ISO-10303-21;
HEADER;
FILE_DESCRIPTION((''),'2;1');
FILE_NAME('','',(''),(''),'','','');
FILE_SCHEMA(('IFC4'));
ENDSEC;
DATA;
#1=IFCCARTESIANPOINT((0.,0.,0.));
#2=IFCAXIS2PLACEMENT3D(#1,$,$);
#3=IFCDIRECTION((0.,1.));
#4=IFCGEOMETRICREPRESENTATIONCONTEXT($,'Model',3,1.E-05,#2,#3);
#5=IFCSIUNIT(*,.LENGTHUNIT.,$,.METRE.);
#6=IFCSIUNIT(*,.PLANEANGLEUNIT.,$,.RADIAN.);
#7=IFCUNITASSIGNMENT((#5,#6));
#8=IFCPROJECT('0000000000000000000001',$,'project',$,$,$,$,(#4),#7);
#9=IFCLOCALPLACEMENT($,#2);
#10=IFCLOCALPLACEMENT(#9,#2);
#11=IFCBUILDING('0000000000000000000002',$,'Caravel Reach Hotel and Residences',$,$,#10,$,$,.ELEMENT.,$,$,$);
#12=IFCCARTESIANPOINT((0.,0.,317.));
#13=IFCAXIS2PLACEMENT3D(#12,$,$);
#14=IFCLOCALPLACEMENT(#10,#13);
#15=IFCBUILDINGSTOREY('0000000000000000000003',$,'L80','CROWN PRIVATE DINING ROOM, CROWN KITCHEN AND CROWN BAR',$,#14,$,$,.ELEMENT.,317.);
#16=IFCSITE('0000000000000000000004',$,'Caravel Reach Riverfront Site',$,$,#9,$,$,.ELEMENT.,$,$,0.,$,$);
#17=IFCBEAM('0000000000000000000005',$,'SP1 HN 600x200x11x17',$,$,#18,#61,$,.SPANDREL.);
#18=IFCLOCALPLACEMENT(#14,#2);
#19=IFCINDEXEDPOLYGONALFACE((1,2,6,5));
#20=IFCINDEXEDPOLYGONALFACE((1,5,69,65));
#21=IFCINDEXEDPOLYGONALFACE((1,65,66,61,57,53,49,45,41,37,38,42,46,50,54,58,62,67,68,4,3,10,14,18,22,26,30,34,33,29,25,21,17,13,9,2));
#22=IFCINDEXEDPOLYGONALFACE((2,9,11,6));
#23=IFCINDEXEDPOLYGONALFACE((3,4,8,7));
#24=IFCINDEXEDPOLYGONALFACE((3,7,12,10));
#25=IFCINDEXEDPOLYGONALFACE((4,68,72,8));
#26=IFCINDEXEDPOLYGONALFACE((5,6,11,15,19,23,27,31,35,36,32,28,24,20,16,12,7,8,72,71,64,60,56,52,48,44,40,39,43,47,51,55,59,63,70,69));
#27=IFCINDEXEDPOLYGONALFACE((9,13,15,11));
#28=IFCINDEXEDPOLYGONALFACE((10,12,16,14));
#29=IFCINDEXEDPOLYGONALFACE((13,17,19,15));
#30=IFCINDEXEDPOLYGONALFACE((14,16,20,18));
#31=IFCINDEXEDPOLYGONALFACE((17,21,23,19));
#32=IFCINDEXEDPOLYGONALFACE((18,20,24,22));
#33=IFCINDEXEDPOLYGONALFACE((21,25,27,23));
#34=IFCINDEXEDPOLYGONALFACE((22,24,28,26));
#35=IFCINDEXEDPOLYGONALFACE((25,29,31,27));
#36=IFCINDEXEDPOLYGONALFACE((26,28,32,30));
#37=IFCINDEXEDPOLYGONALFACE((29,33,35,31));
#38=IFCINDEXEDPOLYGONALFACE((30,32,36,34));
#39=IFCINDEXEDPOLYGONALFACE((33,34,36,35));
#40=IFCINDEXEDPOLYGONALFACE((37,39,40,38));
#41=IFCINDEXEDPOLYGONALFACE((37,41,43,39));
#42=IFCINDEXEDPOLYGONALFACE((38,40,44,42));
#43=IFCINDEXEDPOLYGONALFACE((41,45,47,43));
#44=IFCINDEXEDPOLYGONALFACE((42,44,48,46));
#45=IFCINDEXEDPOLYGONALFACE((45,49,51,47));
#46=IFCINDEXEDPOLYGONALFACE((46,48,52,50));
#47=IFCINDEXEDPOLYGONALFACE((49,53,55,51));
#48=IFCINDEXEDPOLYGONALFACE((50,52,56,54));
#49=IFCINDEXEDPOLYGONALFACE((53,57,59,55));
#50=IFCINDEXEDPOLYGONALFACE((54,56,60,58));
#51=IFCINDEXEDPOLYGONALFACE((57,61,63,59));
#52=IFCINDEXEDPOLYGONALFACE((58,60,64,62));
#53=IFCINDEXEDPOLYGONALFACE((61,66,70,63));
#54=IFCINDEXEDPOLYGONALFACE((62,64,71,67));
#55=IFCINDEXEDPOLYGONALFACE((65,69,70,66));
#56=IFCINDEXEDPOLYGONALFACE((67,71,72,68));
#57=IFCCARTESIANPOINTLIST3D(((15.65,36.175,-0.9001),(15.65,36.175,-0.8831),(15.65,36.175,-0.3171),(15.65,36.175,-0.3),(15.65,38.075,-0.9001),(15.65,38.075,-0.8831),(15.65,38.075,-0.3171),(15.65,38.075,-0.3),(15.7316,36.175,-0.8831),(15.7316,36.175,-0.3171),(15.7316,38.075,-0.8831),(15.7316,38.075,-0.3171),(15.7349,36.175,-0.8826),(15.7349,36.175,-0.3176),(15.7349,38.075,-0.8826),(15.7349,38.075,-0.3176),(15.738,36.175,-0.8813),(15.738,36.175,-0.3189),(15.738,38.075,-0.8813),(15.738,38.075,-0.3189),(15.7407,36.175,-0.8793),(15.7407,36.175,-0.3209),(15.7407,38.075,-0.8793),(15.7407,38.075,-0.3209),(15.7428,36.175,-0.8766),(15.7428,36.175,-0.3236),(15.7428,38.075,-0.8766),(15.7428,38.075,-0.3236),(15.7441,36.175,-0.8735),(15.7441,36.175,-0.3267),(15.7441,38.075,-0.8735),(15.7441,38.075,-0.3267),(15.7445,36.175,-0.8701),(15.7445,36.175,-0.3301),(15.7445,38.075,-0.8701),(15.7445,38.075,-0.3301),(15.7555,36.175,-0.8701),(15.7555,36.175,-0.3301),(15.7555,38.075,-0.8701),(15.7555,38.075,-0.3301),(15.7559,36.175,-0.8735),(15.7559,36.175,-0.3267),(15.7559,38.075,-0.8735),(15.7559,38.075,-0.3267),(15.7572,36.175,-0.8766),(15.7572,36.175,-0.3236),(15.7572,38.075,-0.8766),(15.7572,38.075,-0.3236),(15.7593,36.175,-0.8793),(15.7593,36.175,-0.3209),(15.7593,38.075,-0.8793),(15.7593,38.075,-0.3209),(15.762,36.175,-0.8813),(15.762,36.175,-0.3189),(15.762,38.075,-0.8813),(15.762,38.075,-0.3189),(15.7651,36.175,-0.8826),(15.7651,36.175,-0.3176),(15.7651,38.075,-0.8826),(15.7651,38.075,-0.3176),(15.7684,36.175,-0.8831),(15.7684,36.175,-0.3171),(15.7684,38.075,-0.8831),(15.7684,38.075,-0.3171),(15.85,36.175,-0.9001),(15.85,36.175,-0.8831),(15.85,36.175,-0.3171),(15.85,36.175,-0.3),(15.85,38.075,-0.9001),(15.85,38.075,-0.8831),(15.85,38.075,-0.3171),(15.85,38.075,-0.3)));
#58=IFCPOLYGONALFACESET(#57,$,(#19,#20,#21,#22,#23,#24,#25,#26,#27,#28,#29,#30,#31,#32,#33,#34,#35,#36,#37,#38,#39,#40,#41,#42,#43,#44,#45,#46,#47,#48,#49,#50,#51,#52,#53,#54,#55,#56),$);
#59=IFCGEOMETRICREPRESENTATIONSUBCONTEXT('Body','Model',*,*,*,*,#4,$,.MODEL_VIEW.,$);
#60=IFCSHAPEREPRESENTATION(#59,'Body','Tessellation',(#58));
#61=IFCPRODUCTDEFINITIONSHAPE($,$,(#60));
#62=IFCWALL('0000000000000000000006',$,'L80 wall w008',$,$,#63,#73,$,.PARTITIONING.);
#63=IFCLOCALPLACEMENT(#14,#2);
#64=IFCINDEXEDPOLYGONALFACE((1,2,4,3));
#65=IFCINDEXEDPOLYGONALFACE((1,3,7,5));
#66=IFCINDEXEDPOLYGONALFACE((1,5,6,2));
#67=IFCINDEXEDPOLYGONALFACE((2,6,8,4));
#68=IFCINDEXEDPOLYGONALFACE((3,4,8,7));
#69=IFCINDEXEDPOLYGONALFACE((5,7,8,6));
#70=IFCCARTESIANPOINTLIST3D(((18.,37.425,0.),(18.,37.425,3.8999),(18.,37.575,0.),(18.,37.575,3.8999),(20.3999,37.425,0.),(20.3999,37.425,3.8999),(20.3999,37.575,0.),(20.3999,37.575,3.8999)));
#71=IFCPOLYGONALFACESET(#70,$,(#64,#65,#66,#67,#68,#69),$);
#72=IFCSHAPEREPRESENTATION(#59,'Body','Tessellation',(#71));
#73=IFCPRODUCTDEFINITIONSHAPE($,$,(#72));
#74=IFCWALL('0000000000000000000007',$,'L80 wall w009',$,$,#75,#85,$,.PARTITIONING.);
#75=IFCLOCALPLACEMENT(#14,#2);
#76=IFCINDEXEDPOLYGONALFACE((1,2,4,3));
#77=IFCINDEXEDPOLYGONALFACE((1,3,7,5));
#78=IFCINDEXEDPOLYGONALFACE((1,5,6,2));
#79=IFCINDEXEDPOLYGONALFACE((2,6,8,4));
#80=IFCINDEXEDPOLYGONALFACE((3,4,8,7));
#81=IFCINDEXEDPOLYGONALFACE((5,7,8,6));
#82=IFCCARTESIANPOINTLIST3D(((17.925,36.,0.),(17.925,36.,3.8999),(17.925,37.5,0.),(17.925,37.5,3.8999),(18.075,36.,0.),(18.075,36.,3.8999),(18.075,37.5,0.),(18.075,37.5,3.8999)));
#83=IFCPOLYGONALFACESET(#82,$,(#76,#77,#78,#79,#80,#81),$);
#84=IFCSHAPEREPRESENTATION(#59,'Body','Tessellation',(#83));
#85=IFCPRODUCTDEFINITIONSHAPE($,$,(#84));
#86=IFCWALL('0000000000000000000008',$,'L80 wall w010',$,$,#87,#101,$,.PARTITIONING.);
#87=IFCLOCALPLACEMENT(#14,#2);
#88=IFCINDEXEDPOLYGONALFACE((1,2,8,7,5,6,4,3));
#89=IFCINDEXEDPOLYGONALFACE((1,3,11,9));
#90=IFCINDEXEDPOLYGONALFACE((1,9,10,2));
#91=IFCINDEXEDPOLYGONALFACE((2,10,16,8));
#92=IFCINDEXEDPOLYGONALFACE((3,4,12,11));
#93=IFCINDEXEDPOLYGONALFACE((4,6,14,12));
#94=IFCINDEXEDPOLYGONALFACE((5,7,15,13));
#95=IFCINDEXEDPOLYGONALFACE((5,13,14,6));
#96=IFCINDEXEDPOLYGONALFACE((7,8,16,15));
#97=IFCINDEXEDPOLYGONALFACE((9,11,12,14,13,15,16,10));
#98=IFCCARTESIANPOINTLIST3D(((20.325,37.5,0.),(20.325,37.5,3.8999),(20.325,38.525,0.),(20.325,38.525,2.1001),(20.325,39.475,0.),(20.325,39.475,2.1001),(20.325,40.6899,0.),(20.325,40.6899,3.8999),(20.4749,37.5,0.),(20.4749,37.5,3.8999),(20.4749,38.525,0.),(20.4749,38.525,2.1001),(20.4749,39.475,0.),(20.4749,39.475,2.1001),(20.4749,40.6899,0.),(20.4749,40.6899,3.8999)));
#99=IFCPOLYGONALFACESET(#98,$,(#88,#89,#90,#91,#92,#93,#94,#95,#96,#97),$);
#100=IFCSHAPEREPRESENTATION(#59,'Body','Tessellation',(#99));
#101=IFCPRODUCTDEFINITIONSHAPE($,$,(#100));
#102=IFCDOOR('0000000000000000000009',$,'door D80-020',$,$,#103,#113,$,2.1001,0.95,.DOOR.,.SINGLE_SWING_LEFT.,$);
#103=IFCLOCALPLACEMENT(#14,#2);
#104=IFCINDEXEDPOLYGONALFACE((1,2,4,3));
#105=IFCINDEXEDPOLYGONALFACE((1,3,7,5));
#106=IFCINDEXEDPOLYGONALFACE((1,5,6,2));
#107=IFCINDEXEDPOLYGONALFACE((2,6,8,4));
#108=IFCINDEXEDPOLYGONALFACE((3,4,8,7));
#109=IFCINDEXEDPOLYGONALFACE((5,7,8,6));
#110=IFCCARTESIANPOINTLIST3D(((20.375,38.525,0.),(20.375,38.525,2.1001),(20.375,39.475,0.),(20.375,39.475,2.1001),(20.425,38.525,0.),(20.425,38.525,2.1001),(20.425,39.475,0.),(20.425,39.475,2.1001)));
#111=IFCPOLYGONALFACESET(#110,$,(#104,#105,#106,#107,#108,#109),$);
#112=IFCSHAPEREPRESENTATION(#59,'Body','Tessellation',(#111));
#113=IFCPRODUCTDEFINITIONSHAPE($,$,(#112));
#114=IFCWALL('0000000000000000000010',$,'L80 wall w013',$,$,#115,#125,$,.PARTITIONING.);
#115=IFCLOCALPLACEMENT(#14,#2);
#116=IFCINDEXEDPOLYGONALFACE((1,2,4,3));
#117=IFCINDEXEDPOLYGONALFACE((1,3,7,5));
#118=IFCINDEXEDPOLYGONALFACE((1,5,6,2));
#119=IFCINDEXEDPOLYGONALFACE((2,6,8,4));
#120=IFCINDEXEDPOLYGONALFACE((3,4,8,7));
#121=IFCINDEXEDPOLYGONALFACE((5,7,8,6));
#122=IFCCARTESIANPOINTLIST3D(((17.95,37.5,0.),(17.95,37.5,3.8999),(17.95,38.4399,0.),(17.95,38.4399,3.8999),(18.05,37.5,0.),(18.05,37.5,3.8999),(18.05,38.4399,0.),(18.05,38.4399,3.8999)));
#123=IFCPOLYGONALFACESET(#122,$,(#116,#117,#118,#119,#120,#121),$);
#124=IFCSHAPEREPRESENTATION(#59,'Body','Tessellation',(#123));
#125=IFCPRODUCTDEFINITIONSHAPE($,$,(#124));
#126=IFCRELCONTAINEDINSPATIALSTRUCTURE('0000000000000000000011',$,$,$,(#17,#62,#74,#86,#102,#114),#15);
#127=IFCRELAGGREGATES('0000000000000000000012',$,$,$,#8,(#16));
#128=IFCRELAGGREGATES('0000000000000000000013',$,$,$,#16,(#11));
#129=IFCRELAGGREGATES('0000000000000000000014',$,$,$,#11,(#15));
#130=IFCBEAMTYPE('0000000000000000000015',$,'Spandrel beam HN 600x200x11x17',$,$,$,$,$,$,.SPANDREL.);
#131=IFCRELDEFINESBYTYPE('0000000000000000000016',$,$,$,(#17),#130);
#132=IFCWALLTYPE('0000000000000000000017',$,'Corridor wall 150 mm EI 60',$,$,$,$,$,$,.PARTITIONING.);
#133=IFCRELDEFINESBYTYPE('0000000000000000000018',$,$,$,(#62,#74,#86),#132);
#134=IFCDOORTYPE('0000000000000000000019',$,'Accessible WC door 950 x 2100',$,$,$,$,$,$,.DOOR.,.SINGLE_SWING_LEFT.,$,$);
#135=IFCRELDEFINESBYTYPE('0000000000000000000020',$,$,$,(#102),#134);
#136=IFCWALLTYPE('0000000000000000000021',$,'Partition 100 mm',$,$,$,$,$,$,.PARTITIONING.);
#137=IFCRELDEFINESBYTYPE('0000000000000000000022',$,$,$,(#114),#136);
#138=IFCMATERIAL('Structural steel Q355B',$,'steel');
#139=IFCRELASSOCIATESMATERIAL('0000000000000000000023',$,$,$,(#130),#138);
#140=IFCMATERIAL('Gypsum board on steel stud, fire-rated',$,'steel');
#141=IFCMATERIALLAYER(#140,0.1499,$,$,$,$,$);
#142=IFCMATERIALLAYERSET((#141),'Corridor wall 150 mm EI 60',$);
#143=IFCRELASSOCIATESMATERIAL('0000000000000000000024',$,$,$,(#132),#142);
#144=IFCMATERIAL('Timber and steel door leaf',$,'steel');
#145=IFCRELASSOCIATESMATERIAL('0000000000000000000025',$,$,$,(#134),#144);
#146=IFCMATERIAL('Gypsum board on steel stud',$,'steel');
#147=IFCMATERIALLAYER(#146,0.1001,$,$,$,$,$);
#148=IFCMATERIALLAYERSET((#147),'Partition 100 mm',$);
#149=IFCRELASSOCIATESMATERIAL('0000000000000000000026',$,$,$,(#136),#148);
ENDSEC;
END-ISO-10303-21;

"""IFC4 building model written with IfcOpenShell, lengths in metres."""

from ifc_helpers import new_model, si_unit, direction, frame, frame_2d, origin, origin_2d, place, context, subcontext, project, spatial, rectangle, i_section, extrude, material, layer, layer_set, material_profile, profile_set, type_object, element, fill, save


model = new_model("IFC4")

# Units and contexts
model_context = context("Model", 3, precision=1e-05, world=origin(), true_north=direction((0.0, 1.0)))
body_context = subcontext(model_context, "Body", "Model", "MODEL_VIEW")
ifc_project = project(units=[si_unit("LENGTHUNIT", "METRE"), si_unit("PLANEANGLEUNIT", "RADIAN")], contexts=[model_context])

# Site, building, storey
site_placement = place(None, origin())
site = spatial("IfcSite", under=ifc_project, at=site_placement, Name="Caravel Reach Riverfront Site", CompositionType="ELEMENT", RefElevation=0.0)
building_placement = place(site_placement, origin())
building = spatial("IfcBuilding", under=site, at=building_placement, Name="Caravel Reach Hotel and Residences", CompositionType="ELEMENT")
storey_placement = place(building_placement, frame((0.0, 0.0, 317.0)))
storey = spatial("IfcBuildingStorey", under=building, at=storey_placement, Name="L80", Description="CROWN PRIVATE DINING ROOM, CROWN KITCHEN AND CROWN BAR", CompositionType="ELEMENT", Elevation=317.0)

# Beam
ifc_material_1 = material(Name="Structural steel Q355B", Category="steel")
ifc_material_profile_1 = material_profile(ifc_material_1, i_section(OverallWidth=0.2, OverallDepth=0.6001, WebThickness=0.011, FlangeThickness=0.0171, FilletRadius=0.0129, at=origin_2d()), Name="HN 600x200x11x17")
ifc_profile_set_1 = profile_set([ifc_material_profile_1], Name="Structural steel Q355B")
beam_type_1 = type_object("IfcBeamType", Name="Spandrel beam HN 600x200x11x17", PredefinedType="SPANDREL", material=ifc_profile_set_1)
for number, where, z_axis, x_axis, name in (
    (1, (15.75, 38.075, -0.6001), (0.0, -1.0, 0.0), (1.0, 0.0, 0.0), "SP1 HN 600x200x11x17"),
):
    element("IfcBeam", number, at=place(storey_placement, frame(where, z_axis=z_axis, x_axis=x_axis)), inside=storey, type_object=beam_type_1, Name=name, PredefinedType="SPANDREL", context=body_context, shape_type="SweptSolid", body=[
        extrude(i_section(OverallWidth=0.2, OverallDepth=0.6001, WebThickness=0.011, FlangeThickness=0.0171, FilletRadius=0.0129, at=origin_2d()), origin(), (0.0, 0.0, 1.0), 1.8999),
    ])

# Walls
ifc_material_2 = material(Name="Gypsum board on steel stud, fire-rated", Category="steel")
ifc_layer_1 = layer(ifc_material_2, 0.1499)
ifc_layer_set_1 = layer_set([ifc_layer_1], Name="Corridor wall 150 mm EI 60")
wall_type_1 = type_object("IfcWallType", Name="Corridor wall 150 mm EI 60", PredefinedType="PARTITIONING", material=ifc_layer_set_1)
wall_1_placement = place(storey_placement, frame((18.0, 37.5, 0.0), z_axis=(0.0, 0.0, 1.0), x_axis=(1.0, 0.0, 0.0)))
element("IfcWall", 2, at=wall_1_placement, inside=storey, type_object=wall_type_1, Name="L80 wall w008", PredefinedType="PARTITIONING", context=body_context, shape_type="SweptSolid", body=[
    extrude(rectangle(XDim=2.3999, YDim=0.1499, at=frame_2d((1.2, 0.0))), origin(), (0.0, 0.0, 1.0), 3.8999),
])
wall_2_placement = place(storey_placement, frame((18.0, 36.0, 0.0), z_axis=(0.0, 0.0, 1.0), x_axis=(0.0, 1.0, 0.0)))
element("IfcWall", 3, at=wall_2_placement, inside=storey, type_object=wall_type_1, Name="L80 wall w009", PredefinedType="PARTITIONING", context=body_context, shape_type="SweptSolid", body=[
    extrude(rectangle(XDim=1.5, YDim=0.1499, at=frame_2d((0.75, 0.0))), origin(), (0.0, 0.0, 1.0), 3.8999),
])

# Wall, opening, door
wall_3_placement = place(storey_placement, frame((20.3999, 37.5, 0.0), z_axis=(0.0, 0.0, 1.0), x_axis=(0.0, 1.0, 0.0)))
wall_3 = element("IfcWall", 4, at=wall_3_placement, inside=storey, type_object=wall_type_1, Name="L80 wall w010", PredefinedType="PARTITIONING", context=body_context, shape_type="SweptSolid", body=[
    extrude(rectangle(XDim=3.1899, YDim=0.1499, at=frame_2d((1.595, 0.0))), origin(), (0.0, 0.0, 1.0), 3.8999),
])
opening_placement = place(wall_3_placement, frame((1.0249, 0.0, 0.0)))
opening = element("IfcOpeningElement", 5, at=opening_placement, cuts=wall_3, PredefinedType="OPENING", context=body_context, shape_type="SweptSolid", body=[
    extrude(rectangle(XDim=0.95, YDim=2.1001, at=frame_2d((0.4751, 1.05))), frame((0.0, 0.085, 0.0), z_axis=(0.0, -1.0, 0.0), x_axis=(1.0, 0.0, 0.0)), (0.0, 0.0, 1.0), 0.1699),
])
ifc_material_3 = material(Name="Timber and steel door leaf", Category="steel")
door_type = type_object("IfcDoorType", Name="Accessible WC door 950 x 2100", OperationType="SINGLE_SWING_LEFT", PredefinedType="DOOR", material=ifc_material_3)
door_placement = place(opening_placement, origin())
door = element("IfcDoor", 6, at=door_placement, inside=storey, type_object=door_type, Name="door D80-020", OperationType="SINGLE_SWING_LEFT", OverallHeight=2.1001, OverallWidth=0.95, PredefinedType="DOOR", context=body_context, shape_type="SweptSolid", body=[
    extrude(rectangle(XDim=0.95, YDim=2.1001, at=frame_2d((0.4751, 1.05))), frame((0.0, 0.0249, 0.0), z_axis=(0.0, -1.0, 0.0), x_axis=(1.0, 0.0, 0.0)), (0.0, 0.0, 1.0), 0.05),
])
fill(opening, door)

# Wall
ifc_material_4 = material(Name="Gypsum board on steel stud", Category="steel")
ifc_layer_2 = layer(ifc_material_4, 0.1001)
ifc_layer_set_2 = layer_set([ifc_layer_2], Name="Partition 100 mm")
wall_type_2 = type_object("IfcWallType", Name="Partition 100 mm", PredefinedType="PARTITIONING", material=ifc_layer_set_2)
wall_4_placement = place(storey_placement, frame((18.0, 37.5, 0.0), z_axis=(0.0, 0.0, 1.0), x_axis=(0.0, 1.0, 0.0)))
element("IfcWall", 7, at=wall_4_placement, inside=storey, type_object=wall_type_2, Name="L80 wall w013", PredefinedType="PARTITIONING", context=body_context, shape_type="SweptSolid", body=[
    extrude(rectangle(XDim=0.9399, YDim=0.1001, at=frame_2d((0.47, 0.0))), origin(), (0.0, 0.0, 1.0), 3.8999),
])

save(model, "model.ifc")
